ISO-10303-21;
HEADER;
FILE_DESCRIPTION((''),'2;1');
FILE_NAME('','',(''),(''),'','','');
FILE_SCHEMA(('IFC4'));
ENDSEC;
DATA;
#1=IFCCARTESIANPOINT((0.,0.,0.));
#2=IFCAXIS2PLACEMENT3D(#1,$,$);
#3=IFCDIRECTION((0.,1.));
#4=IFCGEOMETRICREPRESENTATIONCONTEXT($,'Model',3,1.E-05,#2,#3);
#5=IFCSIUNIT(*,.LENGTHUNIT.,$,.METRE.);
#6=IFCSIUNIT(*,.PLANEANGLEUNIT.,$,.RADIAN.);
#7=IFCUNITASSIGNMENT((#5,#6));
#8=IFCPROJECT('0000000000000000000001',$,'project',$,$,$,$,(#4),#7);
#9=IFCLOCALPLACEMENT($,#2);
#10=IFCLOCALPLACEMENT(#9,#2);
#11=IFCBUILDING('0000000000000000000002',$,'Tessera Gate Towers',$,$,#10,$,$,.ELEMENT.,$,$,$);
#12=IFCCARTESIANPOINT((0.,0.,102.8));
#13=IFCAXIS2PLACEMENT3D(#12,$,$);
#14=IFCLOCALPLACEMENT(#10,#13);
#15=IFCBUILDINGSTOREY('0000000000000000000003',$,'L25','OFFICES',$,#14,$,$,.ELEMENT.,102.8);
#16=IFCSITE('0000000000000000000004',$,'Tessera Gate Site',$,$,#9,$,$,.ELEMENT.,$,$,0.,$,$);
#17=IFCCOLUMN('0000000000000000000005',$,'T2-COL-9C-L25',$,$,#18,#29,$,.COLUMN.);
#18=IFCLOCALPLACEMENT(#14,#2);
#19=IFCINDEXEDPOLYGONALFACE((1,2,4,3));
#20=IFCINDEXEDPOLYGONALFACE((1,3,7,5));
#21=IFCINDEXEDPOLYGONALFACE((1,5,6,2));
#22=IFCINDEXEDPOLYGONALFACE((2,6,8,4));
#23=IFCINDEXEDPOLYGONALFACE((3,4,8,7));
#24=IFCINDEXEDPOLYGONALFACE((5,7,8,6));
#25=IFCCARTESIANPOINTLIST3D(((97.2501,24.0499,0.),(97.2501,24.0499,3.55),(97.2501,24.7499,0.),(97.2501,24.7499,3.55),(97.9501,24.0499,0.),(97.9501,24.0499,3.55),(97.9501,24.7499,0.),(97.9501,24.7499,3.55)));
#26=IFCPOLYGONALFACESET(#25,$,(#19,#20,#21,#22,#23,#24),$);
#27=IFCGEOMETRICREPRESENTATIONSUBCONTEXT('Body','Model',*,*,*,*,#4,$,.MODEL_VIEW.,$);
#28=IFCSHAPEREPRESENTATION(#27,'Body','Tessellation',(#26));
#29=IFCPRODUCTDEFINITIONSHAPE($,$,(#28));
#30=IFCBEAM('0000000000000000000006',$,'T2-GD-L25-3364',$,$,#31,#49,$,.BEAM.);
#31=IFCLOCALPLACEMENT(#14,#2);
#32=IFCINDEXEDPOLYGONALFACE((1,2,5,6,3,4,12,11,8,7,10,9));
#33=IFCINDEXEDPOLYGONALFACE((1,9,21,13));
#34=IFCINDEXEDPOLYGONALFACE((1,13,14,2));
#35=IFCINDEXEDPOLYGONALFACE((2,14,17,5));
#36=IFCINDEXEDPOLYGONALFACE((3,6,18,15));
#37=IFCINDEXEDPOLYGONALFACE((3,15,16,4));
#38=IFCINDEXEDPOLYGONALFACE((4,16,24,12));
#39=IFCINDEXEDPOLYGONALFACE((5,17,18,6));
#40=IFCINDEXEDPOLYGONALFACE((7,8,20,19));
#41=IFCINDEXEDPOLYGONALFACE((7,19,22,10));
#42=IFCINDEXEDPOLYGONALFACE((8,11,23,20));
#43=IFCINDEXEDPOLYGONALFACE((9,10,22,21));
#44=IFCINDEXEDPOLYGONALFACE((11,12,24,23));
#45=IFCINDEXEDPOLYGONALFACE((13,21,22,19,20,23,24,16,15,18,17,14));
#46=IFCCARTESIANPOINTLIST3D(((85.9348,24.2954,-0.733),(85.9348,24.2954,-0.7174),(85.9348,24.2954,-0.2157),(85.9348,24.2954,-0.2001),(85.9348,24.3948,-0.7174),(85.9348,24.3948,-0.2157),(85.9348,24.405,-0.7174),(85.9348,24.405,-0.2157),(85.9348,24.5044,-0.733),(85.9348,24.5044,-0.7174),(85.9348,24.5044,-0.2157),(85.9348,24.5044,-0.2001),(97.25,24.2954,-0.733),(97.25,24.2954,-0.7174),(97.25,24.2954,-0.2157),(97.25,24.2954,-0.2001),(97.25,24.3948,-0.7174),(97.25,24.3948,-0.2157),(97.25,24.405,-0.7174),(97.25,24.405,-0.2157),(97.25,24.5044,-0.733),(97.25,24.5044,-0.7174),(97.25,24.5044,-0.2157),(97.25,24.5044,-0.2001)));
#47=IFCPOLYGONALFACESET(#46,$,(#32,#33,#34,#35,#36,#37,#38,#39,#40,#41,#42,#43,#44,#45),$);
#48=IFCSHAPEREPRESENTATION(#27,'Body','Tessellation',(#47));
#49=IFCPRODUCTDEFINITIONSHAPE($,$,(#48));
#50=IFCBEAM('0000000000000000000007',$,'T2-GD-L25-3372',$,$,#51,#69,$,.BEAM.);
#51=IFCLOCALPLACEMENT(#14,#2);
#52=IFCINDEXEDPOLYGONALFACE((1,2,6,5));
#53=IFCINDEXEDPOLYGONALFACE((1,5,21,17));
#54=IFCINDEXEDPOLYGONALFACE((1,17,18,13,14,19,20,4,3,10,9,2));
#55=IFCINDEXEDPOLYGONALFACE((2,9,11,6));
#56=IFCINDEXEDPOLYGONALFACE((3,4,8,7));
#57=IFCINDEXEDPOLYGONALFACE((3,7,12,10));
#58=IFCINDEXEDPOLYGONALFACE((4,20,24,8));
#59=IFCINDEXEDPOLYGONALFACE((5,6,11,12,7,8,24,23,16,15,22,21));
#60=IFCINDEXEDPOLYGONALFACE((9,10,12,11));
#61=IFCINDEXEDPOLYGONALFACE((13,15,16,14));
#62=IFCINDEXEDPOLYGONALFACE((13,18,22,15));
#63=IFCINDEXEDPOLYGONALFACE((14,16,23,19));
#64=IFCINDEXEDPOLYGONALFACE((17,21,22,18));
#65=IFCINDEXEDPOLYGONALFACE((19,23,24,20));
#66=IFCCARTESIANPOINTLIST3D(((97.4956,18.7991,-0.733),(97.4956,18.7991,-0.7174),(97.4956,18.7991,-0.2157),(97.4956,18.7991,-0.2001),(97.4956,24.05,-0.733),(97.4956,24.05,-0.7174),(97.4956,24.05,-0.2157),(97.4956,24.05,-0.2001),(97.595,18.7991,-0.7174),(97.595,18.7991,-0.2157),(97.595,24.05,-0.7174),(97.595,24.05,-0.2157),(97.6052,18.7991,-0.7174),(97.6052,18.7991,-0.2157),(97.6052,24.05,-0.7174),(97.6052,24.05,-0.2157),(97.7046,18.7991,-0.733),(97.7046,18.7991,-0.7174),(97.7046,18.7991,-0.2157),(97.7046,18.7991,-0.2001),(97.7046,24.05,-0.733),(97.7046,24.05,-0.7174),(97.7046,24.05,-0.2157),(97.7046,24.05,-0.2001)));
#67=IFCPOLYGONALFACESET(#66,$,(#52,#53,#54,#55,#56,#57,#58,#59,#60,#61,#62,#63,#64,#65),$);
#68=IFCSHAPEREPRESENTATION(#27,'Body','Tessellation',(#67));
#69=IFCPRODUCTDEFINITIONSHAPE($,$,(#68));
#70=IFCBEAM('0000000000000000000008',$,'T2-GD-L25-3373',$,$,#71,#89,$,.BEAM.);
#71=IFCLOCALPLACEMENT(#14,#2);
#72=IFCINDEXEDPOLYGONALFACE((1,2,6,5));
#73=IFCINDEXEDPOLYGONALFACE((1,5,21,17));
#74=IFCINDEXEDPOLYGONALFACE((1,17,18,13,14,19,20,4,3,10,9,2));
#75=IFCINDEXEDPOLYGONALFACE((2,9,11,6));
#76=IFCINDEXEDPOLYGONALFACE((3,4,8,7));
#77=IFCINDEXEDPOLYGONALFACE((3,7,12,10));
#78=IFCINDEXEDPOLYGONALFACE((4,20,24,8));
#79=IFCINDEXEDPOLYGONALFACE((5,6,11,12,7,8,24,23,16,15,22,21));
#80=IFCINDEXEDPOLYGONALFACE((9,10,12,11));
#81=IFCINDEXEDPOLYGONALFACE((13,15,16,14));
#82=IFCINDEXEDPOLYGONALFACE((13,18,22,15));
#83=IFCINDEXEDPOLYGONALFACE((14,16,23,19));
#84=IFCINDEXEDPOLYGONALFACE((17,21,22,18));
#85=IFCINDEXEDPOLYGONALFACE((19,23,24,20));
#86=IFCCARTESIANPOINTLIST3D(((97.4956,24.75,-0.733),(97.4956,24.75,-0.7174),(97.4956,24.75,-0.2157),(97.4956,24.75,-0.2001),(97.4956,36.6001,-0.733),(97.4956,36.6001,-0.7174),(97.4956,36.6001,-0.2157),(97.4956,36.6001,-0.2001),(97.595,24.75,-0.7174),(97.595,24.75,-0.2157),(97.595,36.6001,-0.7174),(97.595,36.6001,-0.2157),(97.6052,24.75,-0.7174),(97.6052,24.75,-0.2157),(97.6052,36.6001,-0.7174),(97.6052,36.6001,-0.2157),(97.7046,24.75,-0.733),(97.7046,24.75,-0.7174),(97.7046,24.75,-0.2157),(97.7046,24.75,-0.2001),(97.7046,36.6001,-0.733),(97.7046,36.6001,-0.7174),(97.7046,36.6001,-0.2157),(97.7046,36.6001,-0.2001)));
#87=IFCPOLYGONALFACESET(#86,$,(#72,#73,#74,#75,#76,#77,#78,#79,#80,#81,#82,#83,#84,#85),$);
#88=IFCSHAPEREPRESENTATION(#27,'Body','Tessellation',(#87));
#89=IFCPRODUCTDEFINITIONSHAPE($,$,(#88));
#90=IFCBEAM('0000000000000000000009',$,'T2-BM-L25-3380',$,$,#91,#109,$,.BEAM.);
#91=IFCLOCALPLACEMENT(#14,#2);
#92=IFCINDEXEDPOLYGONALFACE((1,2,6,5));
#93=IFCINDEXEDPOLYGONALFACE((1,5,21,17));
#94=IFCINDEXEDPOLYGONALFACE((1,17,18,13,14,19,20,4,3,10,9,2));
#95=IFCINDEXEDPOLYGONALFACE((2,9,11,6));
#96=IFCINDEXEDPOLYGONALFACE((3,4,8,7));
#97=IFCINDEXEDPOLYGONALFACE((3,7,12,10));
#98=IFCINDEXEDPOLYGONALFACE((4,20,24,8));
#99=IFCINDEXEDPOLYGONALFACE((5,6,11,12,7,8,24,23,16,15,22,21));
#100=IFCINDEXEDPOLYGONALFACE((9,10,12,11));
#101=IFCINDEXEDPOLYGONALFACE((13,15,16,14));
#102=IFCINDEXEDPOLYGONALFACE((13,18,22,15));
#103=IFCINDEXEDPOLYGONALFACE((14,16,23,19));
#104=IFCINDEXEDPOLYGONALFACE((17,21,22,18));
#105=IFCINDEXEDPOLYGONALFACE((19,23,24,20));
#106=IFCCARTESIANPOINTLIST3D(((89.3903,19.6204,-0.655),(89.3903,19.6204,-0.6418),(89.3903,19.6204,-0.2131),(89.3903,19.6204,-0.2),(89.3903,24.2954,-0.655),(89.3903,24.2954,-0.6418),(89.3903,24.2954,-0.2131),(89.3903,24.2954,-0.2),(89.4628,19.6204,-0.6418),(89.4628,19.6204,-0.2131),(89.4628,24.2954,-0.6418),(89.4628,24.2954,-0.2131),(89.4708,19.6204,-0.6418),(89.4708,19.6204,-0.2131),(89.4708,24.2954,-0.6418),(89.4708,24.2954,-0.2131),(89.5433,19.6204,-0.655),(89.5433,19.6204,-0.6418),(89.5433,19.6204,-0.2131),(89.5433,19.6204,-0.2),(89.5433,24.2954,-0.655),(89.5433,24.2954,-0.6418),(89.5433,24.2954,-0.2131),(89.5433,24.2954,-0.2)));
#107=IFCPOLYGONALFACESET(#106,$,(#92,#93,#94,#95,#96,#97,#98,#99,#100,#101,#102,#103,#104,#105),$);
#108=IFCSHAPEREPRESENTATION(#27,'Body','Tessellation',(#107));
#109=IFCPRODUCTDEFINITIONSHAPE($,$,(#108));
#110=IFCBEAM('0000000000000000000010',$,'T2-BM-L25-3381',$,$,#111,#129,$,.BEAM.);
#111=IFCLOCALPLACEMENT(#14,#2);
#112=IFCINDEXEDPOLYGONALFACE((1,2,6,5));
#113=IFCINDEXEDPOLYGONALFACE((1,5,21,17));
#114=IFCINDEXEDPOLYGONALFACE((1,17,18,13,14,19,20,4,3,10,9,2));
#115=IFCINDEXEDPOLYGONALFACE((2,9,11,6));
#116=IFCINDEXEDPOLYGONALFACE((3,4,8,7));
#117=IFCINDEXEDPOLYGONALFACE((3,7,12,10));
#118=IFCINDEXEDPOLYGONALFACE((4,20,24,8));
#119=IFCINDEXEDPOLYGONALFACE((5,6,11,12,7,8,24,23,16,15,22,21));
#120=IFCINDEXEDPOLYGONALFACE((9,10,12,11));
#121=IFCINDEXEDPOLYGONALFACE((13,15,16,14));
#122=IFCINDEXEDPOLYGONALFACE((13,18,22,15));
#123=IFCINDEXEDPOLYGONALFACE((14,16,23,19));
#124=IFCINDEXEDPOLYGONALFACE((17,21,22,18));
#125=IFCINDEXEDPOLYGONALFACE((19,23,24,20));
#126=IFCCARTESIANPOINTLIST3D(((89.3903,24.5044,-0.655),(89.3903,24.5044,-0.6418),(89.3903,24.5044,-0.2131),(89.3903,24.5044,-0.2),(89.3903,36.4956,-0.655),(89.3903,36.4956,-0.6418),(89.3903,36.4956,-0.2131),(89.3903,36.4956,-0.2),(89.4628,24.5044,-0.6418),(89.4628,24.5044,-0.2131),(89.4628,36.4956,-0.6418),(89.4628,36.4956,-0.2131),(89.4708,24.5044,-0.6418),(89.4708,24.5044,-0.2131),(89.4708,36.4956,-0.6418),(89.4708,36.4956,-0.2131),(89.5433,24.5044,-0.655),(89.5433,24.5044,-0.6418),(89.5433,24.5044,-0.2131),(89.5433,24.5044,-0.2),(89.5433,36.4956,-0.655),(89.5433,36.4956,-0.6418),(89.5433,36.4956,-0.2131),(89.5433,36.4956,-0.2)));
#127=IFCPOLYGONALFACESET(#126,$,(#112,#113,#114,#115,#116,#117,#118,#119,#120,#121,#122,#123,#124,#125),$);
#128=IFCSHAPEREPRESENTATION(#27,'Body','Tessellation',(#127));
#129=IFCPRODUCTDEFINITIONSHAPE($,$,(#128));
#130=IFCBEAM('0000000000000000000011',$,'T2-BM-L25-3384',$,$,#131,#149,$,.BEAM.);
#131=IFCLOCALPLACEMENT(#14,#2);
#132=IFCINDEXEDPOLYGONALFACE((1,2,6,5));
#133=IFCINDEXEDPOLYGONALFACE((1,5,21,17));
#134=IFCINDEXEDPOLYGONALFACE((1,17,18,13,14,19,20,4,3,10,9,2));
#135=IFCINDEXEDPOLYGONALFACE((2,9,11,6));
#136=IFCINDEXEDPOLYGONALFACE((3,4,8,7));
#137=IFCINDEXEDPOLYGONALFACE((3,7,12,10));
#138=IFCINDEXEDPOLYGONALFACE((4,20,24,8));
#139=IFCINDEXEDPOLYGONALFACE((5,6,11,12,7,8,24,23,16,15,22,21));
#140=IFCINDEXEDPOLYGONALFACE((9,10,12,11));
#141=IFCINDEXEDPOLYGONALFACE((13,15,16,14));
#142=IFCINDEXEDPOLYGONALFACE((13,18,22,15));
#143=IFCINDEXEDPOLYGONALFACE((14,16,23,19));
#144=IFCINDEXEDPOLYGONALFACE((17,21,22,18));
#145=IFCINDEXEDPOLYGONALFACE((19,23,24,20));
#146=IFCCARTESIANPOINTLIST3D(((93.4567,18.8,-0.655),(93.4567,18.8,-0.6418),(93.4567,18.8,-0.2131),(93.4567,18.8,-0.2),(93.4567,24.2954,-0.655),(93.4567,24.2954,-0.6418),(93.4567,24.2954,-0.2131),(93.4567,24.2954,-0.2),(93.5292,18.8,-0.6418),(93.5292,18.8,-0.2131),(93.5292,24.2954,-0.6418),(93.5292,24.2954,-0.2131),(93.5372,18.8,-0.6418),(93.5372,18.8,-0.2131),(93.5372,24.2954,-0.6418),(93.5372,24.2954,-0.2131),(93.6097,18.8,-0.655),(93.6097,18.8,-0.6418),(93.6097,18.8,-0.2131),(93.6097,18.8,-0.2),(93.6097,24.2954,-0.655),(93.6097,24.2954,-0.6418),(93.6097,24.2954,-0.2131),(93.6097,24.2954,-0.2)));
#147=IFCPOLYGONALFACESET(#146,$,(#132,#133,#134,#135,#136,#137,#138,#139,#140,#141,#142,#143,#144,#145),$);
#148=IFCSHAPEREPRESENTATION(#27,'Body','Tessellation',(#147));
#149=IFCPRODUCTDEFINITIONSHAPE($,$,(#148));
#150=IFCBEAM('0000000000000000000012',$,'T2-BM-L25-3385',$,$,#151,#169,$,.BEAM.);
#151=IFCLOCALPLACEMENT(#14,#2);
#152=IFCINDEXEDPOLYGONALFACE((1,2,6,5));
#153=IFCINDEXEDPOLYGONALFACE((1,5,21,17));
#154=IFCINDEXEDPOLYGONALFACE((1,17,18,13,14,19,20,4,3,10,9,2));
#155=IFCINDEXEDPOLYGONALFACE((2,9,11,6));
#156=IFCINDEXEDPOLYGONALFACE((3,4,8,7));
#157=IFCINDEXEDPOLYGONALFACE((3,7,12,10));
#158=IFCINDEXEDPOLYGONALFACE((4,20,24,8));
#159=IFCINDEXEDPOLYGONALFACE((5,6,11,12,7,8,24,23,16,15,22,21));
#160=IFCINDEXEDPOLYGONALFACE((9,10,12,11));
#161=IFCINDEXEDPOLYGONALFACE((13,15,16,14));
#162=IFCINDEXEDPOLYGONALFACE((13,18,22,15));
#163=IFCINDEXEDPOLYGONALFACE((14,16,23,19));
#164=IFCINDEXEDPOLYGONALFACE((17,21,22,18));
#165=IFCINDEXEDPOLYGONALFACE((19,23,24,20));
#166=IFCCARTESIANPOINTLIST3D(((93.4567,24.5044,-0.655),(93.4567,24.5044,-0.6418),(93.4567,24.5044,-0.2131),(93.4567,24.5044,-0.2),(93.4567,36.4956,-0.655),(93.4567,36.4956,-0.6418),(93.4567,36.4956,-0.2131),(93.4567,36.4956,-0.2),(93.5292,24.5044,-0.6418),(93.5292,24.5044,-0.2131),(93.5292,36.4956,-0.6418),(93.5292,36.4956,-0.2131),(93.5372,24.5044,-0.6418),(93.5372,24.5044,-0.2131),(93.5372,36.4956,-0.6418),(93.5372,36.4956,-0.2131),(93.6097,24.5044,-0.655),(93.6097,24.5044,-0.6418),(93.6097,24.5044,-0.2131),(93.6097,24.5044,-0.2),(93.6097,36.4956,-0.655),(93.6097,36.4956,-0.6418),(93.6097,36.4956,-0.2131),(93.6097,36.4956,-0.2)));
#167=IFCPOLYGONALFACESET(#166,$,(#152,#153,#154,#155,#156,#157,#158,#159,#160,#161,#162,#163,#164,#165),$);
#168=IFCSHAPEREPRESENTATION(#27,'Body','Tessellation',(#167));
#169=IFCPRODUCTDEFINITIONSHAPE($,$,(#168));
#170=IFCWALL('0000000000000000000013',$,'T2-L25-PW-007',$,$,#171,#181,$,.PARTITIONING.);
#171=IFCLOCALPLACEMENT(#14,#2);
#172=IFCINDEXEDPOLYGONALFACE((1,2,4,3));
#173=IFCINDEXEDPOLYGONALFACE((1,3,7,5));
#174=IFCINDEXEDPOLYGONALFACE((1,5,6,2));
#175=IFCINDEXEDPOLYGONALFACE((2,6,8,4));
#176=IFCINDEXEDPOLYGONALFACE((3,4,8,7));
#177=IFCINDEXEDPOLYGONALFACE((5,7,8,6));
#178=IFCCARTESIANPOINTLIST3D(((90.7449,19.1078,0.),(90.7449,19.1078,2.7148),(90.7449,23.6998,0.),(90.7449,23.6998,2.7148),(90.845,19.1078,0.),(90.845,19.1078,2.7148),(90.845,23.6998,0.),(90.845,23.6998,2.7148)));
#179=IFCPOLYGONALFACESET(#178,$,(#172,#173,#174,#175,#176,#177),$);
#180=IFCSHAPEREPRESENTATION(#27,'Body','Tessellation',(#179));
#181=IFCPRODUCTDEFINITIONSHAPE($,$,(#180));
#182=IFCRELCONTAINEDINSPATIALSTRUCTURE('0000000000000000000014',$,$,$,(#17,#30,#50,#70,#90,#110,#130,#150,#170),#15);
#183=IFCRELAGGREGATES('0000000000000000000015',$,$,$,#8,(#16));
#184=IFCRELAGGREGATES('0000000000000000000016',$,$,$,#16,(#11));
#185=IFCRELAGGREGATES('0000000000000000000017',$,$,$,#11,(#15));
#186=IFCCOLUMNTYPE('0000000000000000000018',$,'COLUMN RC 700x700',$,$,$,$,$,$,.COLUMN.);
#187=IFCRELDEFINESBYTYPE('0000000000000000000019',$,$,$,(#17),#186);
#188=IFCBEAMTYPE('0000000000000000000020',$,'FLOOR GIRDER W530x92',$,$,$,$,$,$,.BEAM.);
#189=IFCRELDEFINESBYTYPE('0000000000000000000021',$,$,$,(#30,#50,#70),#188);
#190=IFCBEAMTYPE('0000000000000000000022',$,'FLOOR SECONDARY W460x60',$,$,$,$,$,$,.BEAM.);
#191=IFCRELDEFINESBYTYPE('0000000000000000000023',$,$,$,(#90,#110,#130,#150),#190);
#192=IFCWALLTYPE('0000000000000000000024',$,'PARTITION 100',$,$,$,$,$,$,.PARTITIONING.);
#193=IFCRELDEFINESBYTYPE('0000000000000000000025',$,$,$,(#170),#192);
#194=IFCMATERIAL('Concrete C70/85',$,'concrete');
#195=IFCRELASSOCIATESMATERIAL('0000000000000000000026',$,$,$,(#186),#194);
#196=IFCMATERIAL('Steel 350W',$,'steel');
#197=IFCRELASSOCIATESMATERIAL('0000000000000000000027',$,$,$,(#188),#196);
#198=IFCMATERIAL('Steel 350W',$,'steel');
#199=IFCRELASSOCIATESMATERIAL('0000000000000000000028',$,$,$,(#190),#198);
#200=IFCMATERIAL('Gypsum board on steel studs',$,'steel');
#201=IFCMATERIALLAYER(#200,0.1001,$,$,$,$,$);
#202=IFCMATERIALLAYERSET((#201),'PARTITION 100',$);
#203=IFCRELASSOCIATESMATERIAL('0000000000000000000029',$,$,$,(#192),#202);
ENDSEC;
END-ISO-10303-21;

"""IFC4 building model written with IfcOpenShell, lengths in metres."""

from ifc_helpers import new_model, si_unit, direction, frame, frame_2d, origin, origin_2d, place, context, subcontext, project, spatial, rectangle, i_section, extrude, material, layer, layer_set, material_profile, profile_set, type_object, element, save


model = new_model("IFC4")

# Units and contexts
model_context = context("Model", 3, precision=1e-05, world=origin(), true_north=direction((0.0, 1.0)))
body_context = subcontext(model_context, "Body", "Model", "MODEL_VIEW")
ifc_project = project(units=[si_unit("LENGTHUNIT", "METRE"), si_unit("PLANEANGLEUNIT", "RADIAN")], contexts=[model_context])

# Site, building, storey
site_placement = place(None, origin())
site = spatial("IfcSite", under=ifc_project, at=site_placement, Name="Tessera Gate Site", CompositionType="ELEMENT", RefElevation=0.0)
building_placement = place(site_placement, origin())
building = spatial("IfcBuilding", under=site, at=building_placement, Name="Tessera Gate Towers", CompositionType="ELEMENT")
storey_placement = place(building_placement, frame((0.0, 0.0, 102.8)))
storey = spatial("IfcBuildingStorey", under=building, at=storey_placement, Name="L25", Description="OFFICES", CompositionType="ELEMENT", Elevation=102.8)

# Column
ifc_material_1 = material(Name="Concrete C70/85", Category="concrete")
ifc_material_profile_1 = material_profile(ifc_material_1, rectangle(XDim=0.7, YDim=0.7, at=origin_2d()), Name="RC 700x700")
ifc_profile_set_1 = profile_set([ifc_material_profile_1], Name="Concrete C70/85")
column_type = type_object("IfcColumnType", Name="COLUMN RC 700x700", PredefinedType="COLUMN", material=ifc_profile_set_1)
column_placement = place(storey_placement, frame((97.6001, 24.3999, 0.0), z_axis=(0.0, 0.0, 1.0), x_axis=(1.0, 0.0, 0.0)))
element("IfcColumn", 1, at=column_placement, inside=storey, type_object=column_type, Name="T2-COL-9C-L25", PredefinedType="COLUMN", context=body_context, shape_type="SweptSolid", body=[
    extrude(rectangle(XDim=0.7, YDim=0.7, at=origin_2d()), origin(), (0.0, 0.0, 1.0), 3.55),
])

# Beams
ifc_material_2 = material(Name="Steel 350W", Category="steel")
ifc_material_profile_2 = material_profile(ifc_material_2, i_section(OverallWidth=0.209, OverallDepth=0.533, WebThickness=0.0103, FlangeThickness=0.0156, at=origin_2d()), Name="W530x92")
ifc_profile_set_2 = profile_set([ifc_material_profile_2], Name="Steel 350W")
beam_type_1 = type_object("IfcBeamType", Name="FLOOR GIRDER W530x92", PredefinedType="BEAM", material=ifc_profile_set_2)
beam_1_placement = place(storey_placement, frame((85.9348, 24.3999, -0.4666), z_axis=(1.0, 0.0, 0.0), x_axis=(0.0, 1.0, 0.0)))
element("IfcBeam", 2, at=beam_1_placement, inside=storey, type_object=beam_type_1, Name="T2-GD-L25-3364", PredefinedType="BEAM", context=body_context, shape_type="SweptSolid", body=[
    extrude(i_section(OverallWidth=0.209, OverallDepth=0.533, WebThickness=0.0103, FlangeThickness=0.0156, at=origin_2d()), origin(), (0.0, 0.0, 1.0), 11.3152),
])
beam_2_placement = place(storey_placement, frame((97.6001, 18.7991, -0.4666), z_axis=(0.0, 1.0, 0.0), x_axis=(-1.0, 0.0, 0.0)))
element("IfcBeam", 3, at=beam_2_placement, inside=storey, type_object=beam_type_1, Name="T2-GD-L25-3372", PredefinedType="BEAM", context=body_context, shape_type="SweptSolid", body=[
    extrude(i_section(OverallWidth=0.209, OverallDepth=0.533, WebThickness=0.0103, FlangeThickness=0.0156, at=origin_2d()), origin(), (0.0, 0.0, 1.0), 5.251),
])
beam_3_placement = place(storey_placement, frame((97.6001, 24.75, -0.4666), z_axis=(0.0, 1.0, 0.0), x_axis=(-1.0, 0.0, 0.0)))
element("IfcBeam", 4, at=beam_3_placement, inside=storey, type_object=beam_type_1, Name="T2-GD-L25-3373", PredefinedType="BEAM", context=body_context, shape_type="SweptSolid", body=[
    extrude(i_section(OverallWidth=0.209, OverallDepth=0.533, WebThickness=0.0103, FlangeThickness=0.0156, at=origin_2d()), origin(), (0.0, 0.0, 1.0), 11.8501),
])
ifc_material_3 = material(Name="Steel 350W", Category="steel")
ifc_material_profile_3 = material_profile(ifc_material_3, i_section(OverallWidth=0.1531, OverallDepth=0.4551, WebThickness=0.0081, FlangeThickness=0.0132, at=origin_2d()), Name="W460x60")
ifc_profile_set_3 = profile_set([ifc_material_profile_3], Name="Steel 350W")
beam_type_2 = type_object("IfcBeamType", Name="FLOOR SECONDARY W460x60", PredefinedType="BEAM", material=ifc_profile_set_3)
beam_4_placement = place(storey_placement, frame((89.4668, 19.6204, -0.4275), z_axis=(0.0, 1.0, 0.0), x_axis=(-1.0, 0.0, 0.0)))
element("IfcBeam", 5, at=beam_4_placement, inside=storey, type_object=beam_type_2, Name="T2-BM-L25-3380", PredefinedType="BEAM", context=body_context, shape_type="SweptSolid", body=[
    extrude(i_section(OverallWidth=0.1531, OverallDepth=0.4551, WebThickness=0.0081, FlangeThickness=0.0132, at=origin_2d()), origin(), (0.0, 0.0, 1.0), 4.675),
])
beam_5_placement = place(storey_placement, frame((89.4668, 24.5044, -0.4275), z_axis=(0.0, 1.0, 0.0), x_axis=(-1.0, 0.0, 0.0)))
element("IfcBeam", 6, at=beam_5_placement, inside=storey, type_object=beam_type_2, Name="T2-BM-L25-3381", PredefinedType="BEAM", context=body_context, shape_type="SweptSolid", body=[
    extrude(i_section(OverallWidth=0.1531, OverallDepth=0.4551, WebThickness=0.0081, FlangeThickness=0.0132, at=origin_2d()), origin(), (0.0, 0.0, 1.0), 11.9912),
])
beam_6_placement = place(storey_placement, frame((93.5332, 18.8, -0.4275), z_axis=(0.0, 1.0, 0.0), x_axis=(-1.0, 0.0, 0.0)))
element("IfcBeam", 7, at=beam_6_placement, inside=storey, type_object=beam_type_2, Name="T2-BM-L25-3384", PredefinedType="BEAM", context=body_context, shape_type="SweptSolid", body=[
    extrude(i_section(OverallWidth=0.1531, OverallDepth=0.4551, WebThickness=0.0081, FlangeThickness=0.0132, at=origin_2d()), origin(), (0.0, 0.0, 1.0), 5.4954),
])
beam_7_placement = place(storey_placement, frame((93.5332, 24.5044, -0.4275), z_axis=(0.0, 1.0, 0.0), x_axis=(-1.0, 0.0, 0.0)))
element("IfcBeam", 8, at=beam_7_placement, inside=storey, type_object=beam_type_2, Name="T2-BM-L25-3385", PredefinedType="BEAM", context=body_context, shape_type="SweptSolid", body=[
    extrude(i_section(OverallWidth=0.1531, OverallDepth=0.4551, WebThickness=0.0081, FlangeThickness=0.0132, at=origin_2d()), origin(), (0.0, 0.0, 1.0), 11.9912),
])

# Wall
ifc_material_4 = material(Name="Gypsum board on steel studs", Category="steel")
ifc_layer_1 = layer(ifc_material_4, 0.1001)
ifc_layer_set_1 = layer_set([ifc_layer_1], Name="PARTITION 100")
wall_type_1 = type_object("IfcWallType", Name="PARTITION 100", PredefinedType="PARTITIONING", material=ifc_layer_set_1)
wall_1_placement = place(storey_placement, frame((90.7949, 19.1079, 0.0), z_axis=(0.0, 0.0, 1.0), x_axis=(0.0, 1.0, 0.0)))
element("IfcWall", 9, at=wall_1_placement, inside=storey, type_object=wall_type_1, Name="T2-L25-PW-007", PredefinedType="PARTITIONING", context=body_context, shape_type="SweptSolid", body=[
    extrude(rectangle(XDim=4.592, YDim=0.1001, at=frame_2d((2.2959, 0.0))), origin(), (0.0, 0.0, 1.0), 2.7148),
])

save(model, "model.ifc")
